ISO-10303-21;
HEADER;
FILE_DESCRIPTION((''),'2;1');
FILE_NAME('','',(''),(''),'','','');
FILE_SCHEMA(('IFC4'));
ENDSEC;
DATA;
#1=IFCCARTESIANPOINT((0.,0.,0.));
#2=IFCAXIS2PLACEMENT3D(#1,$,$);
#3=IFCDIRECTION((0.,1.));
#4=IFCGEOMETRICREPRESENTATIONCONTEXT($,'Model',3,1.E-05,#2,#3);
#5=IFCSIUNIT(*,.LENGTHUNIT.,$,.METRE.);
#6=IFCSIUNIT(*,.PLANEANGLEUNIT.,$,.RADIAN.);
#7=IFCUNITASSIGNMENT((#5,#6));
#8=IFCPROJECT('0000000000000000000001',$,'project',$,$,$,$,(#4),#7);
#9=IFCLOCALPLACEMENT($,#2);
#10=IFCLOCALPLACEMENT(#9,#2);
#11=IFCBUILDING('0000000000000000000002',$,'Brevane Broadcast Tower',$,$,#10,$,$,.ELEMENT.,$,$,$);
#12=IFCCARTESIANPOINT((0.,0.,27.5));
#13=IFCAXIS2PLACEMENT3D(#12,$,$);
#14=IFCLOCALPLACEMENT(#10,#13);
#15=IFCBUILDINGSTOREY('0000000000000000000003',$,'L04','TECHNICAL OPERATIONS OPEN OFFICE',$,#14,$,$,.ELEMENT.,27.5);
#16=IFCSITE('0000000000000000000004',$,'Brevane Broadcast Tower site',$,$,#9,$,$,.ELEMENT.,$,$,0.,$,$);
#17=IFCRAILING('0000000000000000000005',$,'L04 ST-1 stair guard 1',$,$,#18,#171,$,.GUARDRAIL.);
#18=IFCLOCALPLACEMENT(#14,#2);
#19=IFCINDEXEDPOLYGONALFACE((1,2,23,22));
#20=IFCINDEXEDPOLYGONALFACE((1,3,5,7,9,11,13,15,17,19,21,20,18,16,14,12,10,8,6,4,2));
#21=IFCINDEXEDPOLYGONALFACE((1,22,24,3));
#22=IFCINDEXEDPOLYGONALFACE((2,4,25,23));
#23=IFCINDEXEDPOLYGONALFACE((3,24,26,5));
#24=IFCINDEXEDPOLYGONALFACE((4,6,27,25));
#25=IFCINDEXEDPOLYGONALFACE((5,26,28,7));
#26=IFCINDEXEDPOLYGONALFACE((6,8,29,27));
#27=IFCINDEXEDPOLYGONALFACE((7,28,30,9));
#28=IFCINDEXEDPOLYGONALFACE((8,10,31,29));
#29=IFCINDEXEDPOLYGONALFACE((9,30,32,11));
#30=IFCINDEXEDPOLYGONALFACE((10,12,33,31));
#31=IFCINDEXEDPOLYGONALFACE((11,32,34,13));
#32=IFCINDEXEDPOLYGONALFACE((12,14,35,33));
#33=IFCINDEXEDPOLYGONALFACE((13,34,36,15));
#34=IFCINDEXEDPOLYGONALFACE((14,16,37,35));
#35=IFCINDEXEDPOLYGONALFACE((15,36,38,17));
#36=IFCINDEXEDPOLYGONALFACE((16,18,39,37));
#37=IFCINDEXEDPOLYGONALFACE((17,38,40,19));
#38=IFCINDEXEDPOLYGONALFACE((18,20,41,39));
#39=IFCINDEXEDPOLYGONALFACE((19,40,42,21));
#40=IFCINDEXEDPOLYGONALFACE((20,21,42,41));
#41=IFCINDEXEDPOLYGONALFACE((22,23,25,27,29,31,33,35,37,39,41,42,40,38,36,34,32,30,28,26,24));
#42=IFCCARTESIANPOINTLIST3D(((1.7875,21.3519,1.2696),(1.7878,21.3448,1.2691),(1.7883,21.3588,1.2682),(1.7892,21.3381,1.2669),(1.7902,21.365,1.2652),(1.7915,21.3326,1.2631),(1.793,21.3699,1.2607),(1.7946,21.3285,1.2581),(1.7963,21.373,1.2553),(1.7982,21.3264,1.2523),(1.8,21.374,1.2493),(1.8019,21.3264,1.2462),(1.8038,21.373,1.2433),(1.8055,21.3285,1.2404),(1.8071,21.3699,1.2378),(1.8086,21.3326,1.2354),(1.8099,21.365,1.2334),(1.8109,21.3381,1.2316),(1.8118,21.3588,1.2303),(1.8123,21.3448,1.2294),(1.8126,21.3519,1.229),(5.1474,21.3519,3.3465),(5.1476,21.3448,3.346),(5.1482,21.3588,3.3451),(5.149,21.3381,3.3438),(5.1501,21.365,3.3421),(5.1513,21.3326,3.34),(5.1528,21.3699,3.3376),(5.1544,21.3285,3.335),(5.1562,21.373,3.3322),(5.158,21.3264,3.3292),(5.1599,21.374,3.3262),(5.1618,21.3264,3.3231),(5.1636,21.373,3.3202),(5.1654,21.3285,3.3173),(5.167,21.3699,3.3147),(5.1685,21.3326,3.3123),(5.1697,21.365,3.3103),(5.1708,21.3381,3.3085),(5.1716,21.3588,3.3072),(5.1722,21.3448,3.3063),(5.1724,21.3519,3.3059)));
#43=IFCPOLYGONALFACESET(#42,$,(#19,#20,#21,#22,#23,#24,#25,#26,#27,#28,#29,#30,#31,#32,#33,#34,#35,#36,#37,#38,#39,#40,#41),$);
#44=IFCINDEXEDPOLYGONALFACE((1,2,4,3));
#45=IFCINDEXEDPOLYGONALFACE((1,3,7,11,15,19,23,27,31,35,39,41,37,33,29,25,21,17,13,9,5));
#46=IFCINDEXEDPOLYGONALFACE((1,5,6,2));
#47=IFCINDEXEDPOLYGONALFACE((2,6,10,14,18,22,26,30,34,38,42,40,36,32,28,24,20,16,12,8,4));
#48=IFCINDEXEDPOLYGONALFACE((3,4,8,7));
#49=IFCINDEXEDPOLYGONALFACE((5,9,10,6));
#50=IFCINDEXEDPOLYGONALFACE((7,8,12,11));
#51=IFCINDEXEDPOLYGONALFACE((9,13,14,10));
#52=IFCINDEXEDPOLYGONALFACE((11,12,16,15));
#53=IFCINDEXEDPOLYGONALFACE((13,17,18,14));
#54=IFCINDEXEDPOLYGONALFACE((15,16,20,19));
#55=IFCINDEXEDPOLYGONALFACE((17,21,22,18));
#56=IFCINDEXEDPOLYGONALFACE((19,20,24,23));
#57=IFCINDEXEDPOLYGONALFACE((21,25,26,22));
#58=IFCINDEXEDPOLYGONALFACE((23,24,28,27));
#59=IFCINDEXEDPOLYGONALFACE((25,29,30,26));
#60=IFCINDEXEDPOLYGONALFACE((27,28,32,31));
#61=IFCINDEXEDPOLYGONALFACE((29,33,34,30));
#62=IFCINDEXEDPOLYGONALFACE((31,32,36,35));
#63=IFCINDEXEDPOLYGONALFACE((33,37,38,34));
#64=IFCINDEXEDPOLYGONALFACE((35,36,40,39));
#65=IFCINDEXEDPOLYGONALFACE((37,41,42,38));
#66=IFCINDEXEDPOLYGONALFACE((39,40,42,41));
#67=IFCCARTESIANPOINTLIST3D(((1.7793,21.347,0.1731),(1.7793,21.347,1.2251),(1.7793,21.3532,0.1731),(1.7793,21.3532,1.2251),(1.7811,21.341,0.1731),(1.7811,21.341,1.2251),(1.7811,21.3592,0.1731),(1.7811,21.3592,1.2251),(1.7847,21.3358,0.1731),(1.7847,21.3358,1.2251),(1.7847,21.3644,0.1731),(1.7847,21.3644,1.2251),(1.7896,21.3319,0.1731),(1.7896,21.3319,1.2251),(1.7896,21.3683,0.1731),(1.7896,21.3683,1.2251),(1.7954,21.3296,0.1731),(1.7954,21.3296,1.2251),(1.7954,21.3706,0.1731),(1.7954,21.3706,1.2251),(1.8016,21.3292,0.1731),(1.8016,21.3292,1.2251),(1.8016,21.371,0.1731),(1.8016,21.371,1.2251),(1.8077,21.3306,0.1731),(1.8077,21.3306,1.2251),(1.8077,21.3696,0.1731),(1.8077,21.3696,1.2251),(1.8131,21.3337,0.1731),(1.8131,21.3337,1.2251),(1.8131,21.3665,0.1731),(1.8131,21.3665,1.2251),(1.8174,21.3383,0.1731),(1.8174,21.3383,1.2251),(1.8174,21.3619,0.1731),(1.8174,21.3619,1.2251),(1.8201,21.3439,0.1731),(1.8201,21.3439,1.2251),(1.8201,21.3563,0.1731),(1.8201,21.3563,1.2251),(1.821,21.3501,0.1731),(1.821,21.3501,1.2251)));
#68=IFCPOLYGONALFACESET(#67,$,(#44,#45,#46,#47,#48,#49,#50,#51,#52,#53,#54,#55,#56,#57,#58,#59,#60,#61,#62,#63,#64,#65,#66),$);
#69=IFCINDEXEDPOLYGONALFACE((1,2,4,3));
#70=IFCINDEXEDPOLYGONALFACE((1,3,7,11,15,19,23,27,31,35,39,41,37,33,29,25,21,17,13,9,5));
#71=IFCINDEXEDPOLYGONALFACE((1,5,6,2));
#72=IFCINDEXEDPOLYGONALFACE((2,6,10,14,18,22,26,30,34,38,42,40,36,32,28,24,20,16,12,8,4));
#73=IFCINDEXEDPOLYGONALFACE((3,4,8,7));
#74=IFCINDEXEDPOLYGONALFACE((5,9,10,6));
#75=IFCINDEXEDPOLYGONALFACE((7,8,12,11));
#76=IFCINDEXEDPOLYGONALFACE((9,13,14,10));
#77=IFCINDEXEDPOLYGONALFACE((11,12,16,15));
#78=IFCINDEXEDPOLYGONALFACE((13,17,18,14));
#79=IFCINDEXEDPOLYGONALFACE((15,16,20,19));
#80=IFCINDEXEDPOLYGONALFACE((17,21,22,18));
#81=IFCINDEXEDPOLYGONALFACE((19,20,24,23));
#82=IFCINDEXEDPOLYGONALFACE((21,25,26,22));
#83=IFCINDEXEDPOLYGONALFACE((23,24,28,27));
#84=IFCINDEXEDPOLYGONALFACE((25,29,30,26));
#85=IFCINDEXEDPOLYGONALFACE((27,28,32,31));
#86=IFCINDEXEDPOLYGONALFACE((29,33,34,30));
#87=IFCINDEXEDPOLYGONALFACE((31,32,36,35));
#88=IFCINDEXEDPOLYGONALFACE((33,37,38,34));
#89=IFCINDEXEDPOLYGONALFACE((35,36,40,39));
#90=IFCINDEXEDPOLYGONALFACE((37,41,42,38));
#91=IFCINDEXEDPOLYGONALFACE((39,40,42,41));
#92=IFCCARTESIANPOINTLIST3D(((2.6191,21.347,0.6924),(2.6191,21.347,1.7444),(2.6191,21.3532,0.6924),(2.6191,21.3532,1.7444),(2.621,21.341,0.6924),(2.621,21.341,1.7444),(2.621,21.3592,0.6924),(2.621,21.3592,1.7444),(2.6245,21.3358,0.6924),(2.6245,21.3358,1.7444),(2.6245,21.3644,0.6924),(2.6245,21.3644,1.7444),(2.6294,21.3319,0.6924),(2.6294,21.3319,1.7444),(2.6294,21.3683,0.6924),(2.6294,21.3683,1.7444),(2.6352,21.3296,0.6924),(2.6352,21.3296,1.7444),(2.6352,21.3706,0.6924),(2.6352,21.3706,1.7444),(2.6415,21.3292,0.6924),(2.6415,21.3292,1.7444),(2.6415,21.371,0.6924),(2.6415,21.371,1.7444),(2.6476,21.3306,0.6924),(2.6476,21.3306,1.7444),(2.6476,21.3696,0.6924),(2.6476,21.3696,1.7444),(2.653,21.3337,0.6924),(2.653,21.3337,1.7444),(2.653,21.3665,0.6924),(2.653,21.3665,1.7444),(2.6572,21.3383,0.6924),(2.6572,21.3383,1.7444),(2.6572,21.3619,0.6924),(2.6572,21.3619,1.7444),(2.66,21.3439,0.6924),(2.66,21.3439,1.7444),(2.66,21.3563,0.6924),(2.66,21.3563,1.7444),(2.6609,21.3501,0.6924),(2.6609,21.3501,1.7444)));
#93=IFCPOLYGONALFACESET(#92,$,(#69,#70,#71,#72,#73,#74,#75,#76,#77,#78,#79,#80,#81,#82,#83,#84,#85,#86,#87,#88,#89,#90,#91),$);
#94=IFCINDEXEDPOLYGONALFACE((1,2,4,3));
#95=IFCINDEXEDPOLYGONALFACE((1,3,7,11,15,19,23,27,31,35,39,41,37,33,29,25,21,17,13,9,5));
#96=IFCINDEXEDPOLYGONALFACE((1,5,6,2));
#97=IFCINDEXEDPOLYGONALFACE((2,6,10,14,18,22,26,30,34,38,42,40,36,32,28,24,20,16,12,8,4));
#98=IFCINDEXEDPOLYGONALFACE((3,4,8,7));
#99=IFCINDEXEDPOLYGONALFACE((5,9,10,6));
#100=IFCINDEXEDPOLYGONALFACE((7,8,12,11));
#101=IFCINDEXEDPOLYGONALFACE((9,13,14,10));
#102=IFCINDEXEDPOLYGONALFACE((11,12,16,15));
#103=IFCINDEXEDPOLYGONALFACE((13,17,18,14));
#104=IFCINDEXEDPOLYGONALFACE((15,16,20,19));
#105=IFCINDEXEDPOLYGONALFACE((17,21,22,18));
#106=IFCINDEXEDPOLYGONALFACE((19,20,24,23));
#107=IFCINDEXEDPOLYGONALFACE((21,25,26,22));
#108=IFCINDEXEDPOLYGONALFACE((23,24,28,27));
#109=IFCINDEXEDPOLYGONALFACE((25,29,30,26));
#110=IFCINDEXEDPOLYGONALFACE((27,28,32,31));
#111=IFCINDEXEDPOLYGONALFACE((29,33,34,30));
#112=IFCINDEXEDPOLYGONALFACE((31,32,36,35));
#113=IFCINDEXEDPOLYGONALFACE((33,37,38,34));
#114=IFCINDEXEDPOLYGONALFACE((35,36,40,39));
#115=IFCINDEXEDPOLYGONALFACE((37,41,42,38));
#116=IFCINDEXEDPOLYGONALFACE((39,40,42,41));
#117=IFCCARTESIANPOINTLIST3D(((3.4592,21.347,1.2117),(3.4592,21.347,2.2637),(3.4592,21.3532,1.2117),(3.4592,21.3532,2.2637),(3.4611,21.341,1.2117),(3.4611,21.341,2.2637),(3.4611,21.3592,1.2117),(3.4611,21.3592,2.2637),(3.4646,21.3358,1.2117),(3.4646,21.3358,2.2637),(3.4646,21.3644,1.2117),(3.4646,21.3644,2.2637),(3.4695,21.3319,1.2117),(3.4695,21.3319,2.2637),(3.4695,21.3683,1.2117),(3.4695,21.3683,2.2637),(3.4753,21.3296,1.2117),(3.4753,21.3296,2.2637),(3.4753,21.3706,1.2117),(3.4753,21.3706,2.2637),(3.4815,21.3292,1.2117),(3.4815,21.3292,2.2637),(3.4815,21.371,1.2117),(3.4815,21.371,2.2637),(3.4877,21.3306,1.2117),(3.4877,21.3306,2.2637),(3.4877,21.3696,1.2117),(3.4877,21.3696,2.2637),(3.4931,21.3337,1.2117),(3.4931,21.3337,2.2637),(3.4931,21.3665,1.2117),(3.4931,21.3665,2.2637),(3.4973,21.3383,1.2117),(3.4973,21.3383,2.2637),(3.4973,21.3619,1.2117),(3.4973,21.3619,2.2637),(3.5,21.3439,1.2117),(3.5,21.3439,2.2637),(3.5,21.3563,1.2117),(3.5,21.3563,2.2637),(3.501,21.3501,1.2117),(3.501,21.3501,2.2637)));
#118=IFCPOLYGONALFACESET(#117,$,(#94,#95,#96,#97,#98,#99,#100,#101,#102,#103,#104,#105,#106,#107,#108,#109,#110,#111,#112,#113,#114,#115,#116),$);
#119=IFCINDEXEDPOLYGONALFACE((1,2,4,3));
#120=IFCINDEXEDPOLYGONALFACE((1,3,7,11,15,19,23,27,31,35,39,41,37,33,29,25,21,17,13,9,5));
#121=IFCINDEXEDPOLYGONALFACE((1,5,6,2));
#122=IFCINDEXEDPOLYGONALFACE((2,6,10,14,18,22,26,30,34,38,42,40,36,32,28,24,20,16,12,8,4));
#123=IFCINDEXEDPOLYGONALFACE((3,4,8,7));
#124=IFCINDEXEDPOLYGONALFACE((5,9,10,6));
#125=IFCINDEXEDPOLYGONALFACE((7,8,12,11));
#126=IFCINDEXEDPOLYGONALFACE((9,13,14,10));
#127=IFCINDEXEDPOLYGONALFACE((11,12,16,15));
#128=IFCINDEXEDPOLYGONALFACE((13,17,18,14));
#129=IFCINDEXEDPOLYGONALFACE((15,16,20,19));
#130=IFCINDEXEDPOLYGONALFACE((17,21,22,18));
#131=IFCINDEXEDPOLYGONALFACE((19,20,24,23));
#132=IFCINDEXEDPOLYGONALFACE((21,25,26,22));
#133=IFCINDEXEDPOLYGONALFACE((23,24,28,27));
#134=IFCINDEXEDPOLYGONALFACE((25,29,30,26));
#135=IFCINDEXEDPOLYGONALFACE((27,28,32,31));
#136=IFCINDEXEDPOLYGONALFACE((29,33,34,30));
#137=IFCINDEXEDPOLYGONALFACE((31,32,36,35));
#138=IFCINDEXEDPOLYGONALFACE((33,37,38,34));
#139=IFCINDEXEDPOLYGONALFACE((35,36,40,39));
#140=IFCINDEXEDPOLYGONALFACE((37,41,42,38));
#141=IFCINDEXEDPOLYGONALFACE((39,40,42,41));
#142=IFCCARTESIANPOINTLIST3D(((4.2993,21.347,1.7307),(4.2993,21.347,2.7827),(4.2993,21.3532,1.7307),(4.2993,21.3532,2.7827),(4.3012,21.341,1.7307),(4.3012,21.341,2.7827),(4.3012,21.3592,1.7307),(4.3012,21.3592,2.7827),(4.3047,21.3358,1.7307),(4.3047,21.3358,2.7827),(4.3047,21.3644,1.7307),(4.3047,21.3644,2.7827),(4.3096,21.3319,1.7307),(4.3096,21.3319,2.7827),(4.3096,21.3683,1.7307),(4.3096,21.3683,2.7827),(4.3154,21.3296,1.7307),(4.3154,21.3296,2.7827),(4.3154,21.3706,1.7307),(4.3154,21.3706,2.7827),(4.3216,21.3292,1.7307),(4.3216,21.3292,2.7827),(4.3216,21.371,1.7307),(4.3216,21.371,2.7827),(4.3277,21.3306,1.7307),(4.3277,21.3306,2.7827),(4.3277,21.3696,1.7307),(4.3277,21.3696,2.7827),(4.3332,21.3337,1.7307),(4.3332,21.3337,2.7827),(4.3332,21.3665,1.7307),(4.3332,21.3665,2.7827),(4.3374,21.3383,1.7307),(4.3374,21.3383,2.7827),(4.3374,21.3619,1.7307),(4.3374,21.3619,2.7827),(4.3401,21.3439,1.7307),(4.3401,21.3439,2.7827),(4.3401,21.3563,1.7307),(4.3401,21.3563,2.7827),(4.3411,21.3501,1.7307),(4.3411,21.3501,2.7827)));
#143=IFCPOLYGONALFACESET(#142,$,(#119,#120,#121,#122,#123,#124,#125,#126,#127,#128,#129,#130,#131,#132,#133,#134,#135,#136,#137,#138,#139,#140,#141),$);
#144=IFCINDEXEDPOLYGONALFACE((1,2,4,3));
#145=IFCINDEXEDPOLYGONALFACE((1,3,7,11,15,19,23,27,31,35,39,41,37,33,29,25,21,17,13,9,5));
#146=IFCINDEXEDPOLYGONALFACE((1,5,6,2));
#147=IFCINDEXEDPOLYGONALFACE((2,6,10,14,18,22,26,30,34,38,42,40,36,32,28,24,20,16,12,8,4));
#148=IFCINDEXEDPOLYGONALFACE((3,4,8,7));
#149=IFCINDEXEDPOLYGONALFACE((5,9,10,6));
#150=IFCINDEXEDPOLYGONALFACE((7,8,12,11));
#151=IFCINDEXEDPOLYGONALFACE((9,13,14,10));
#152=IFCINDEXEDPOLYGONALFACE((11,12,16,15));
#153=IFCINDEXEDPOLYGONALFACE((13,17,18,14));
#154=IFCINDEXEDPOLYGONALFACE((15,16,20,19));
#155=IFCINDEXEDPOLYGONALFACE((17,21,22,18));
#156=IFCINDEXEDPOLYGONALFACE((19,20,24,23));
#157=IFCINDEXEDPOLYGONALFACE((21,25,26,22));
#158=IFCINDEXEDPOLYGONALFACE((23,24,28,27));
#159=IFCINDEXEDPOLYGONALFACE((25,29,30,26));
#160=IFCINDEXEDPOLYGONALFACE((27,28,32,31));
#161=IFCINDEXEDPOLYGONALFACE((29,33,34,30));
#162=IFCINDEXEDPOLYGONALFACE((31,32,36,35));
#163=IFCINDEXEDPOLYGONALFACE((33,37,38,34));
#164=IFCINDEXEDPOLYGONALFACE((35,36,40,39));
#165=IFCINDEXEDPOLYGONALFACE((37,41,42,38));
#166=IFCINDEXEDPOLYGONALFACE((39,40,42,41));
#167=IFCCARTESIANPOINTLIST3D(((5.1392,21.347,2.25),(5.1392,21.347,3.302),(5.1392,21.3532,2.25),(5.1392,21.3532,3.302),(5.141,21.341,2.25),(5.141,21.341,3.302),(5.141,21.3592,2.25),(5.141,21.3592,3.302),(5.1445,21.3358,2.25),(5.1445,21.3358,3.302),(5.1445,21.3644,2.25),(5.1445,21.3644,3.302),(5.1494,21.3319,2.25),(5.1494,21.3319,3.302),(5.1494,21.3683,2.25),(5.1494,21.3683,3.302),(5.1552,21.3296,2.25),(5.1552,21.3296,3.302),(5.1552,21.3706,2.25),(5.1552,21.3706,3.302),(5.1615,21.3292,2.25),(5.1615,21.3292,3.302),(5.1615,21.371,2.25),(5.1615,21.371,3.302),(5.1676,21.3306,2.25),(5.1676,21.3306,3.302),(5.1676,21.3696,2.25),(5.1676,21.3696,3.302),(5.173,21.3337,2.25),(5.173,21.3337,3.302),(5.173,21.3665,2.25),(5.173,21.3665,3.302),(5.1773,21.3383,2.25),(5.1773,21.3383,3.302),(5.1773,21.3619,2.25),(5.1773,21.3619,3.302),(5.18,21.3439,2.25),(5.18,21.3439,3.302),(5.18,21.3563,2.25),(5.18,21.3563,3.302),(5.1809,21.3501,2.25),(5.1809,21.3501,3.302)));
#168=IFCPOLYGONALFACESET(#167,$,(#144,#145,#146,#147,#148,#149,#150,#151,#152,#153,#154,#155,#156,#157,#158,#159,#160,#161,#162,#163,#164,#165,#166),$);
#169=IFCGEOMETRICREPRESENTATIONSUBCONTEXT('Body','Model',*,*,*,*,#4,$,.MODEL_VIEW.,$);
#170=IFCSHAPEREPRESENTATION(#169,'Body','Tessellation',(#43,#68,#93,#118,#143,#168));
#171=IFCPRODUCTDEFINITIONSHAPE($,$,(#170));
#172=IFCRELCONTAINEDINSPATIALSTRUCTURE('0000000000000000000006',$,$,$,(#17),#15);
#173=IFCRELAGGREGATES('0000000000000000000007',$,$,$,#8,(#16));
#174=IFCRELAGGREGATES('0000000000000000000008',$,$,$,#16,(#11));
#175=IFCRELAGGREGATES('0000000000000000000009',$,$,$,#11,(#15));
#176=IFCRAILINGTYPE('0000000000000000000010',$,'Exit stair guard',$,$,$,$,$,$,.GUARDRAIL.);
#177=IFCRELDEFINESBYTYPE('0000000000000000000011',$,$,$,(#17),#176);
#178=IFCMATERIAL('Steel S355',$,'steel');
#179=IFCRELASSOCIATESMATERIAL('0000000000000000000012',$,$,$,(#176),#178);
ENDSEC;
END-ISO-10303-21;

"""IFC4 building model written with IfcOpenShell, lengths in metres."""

from ifc_helpers import new_model, si_unit, direction, frame, origin, origin_2d, place, context, subcontext, project, spatial, circle, extrude, material, type_object, element, save


model = new_model("IFC4")

# Units and contexts
model_context = context("Model", 3, precision=1e-05, world=origin(), true_north=direction((0.0, 1.0)))
body_context = subcontext(model_context, "Body", "Model", "MODEL_VIEW")
ifc_project = project(units=[si_unit("LENGTHUNIT", "METRE"), si_unit("PLANEANGLEUNIT", "RADIAN")], contexts=[model_context])

# Site, building, storey
site_placement = place(None, origin())
site = spatial("IfcSite", under=ifc_project, at=site_placement, Name="Brevane Broadcast Tower site", CompositionType="ELEMENT", RefElevation=0.0)
building_placement = place(site_placement, origin())
building = spatial("IfcBuilding", under=site, at=building_placement, Name="Brevane Broadcast Tower", CompositionType="ELEMENT")
storey_placement = place(building_placement, frame((0.0, 0.0, 27.5)))
storey = spatial("IfcBuildingStorey", under=building, at=storey_placement, Name="L04", Description="TECHNICAL OPERATIONS OPEN OFFICE", CompositionType="ELEMENT", Elevation=27.5)

# Railing
ifc_material_1 = material(Name="Steel S355", Category="steel")
railing_type_1 = type_object("IfcRailingType", Name="Exit stair guard", PredefinedType="GUARDRAIL", material=ifc_material_1)
railing_1_placement = place(storey_placement, frame((1.8, 21.3501, 0.1731)))
element("IfcRailing", 1, at=railing_1_placement, inside=storey, type_object=railing_type_1, Name="L04 ST-1 stair guard 1", PredefinedType="GUARDRAIL", context=body_context, shape_type="SweptSolid", body=[
    extrude(circle(Radius=0.0239, at=origin_2d()), frame((0.0, 0.0, 1.0762), z_axis=(0.850606, 0.0, 0.525803), x_axis=(0.0, 1.0, 0.0)), (0.0, 0.0, 1.0), 3.95),
    extrude(circle(Radius=0.021, at=origin_2d()), origin(), (0.0, 0.0, 1.0), 1.052),
    extrude(circle(Radius=0.021, at=origin_2d()), frame((0.8398, 0.0, 0.5193)), (0.0, 0.0, 1.0), 1.052),
    extrude(circle(Radius=0.021, at=origin_2d()), frame((1.6799, 0.0, 1.0386)), (0.0, 0.0, 1.0), 1.052),
    extrude(circle(Radius=0.021, at=origin_2d()), frame((2.52, 0.0, 1.5576)), (0.0, 0.0, 1.0), 1.052),
    extrude(circle(Radius=0.021, at=origin_2d()), frame((3.3599, 0.0, 2.0769)), (0.0, 0.0, 1.0), 1.052),
])

save(model, "model.ifc")
